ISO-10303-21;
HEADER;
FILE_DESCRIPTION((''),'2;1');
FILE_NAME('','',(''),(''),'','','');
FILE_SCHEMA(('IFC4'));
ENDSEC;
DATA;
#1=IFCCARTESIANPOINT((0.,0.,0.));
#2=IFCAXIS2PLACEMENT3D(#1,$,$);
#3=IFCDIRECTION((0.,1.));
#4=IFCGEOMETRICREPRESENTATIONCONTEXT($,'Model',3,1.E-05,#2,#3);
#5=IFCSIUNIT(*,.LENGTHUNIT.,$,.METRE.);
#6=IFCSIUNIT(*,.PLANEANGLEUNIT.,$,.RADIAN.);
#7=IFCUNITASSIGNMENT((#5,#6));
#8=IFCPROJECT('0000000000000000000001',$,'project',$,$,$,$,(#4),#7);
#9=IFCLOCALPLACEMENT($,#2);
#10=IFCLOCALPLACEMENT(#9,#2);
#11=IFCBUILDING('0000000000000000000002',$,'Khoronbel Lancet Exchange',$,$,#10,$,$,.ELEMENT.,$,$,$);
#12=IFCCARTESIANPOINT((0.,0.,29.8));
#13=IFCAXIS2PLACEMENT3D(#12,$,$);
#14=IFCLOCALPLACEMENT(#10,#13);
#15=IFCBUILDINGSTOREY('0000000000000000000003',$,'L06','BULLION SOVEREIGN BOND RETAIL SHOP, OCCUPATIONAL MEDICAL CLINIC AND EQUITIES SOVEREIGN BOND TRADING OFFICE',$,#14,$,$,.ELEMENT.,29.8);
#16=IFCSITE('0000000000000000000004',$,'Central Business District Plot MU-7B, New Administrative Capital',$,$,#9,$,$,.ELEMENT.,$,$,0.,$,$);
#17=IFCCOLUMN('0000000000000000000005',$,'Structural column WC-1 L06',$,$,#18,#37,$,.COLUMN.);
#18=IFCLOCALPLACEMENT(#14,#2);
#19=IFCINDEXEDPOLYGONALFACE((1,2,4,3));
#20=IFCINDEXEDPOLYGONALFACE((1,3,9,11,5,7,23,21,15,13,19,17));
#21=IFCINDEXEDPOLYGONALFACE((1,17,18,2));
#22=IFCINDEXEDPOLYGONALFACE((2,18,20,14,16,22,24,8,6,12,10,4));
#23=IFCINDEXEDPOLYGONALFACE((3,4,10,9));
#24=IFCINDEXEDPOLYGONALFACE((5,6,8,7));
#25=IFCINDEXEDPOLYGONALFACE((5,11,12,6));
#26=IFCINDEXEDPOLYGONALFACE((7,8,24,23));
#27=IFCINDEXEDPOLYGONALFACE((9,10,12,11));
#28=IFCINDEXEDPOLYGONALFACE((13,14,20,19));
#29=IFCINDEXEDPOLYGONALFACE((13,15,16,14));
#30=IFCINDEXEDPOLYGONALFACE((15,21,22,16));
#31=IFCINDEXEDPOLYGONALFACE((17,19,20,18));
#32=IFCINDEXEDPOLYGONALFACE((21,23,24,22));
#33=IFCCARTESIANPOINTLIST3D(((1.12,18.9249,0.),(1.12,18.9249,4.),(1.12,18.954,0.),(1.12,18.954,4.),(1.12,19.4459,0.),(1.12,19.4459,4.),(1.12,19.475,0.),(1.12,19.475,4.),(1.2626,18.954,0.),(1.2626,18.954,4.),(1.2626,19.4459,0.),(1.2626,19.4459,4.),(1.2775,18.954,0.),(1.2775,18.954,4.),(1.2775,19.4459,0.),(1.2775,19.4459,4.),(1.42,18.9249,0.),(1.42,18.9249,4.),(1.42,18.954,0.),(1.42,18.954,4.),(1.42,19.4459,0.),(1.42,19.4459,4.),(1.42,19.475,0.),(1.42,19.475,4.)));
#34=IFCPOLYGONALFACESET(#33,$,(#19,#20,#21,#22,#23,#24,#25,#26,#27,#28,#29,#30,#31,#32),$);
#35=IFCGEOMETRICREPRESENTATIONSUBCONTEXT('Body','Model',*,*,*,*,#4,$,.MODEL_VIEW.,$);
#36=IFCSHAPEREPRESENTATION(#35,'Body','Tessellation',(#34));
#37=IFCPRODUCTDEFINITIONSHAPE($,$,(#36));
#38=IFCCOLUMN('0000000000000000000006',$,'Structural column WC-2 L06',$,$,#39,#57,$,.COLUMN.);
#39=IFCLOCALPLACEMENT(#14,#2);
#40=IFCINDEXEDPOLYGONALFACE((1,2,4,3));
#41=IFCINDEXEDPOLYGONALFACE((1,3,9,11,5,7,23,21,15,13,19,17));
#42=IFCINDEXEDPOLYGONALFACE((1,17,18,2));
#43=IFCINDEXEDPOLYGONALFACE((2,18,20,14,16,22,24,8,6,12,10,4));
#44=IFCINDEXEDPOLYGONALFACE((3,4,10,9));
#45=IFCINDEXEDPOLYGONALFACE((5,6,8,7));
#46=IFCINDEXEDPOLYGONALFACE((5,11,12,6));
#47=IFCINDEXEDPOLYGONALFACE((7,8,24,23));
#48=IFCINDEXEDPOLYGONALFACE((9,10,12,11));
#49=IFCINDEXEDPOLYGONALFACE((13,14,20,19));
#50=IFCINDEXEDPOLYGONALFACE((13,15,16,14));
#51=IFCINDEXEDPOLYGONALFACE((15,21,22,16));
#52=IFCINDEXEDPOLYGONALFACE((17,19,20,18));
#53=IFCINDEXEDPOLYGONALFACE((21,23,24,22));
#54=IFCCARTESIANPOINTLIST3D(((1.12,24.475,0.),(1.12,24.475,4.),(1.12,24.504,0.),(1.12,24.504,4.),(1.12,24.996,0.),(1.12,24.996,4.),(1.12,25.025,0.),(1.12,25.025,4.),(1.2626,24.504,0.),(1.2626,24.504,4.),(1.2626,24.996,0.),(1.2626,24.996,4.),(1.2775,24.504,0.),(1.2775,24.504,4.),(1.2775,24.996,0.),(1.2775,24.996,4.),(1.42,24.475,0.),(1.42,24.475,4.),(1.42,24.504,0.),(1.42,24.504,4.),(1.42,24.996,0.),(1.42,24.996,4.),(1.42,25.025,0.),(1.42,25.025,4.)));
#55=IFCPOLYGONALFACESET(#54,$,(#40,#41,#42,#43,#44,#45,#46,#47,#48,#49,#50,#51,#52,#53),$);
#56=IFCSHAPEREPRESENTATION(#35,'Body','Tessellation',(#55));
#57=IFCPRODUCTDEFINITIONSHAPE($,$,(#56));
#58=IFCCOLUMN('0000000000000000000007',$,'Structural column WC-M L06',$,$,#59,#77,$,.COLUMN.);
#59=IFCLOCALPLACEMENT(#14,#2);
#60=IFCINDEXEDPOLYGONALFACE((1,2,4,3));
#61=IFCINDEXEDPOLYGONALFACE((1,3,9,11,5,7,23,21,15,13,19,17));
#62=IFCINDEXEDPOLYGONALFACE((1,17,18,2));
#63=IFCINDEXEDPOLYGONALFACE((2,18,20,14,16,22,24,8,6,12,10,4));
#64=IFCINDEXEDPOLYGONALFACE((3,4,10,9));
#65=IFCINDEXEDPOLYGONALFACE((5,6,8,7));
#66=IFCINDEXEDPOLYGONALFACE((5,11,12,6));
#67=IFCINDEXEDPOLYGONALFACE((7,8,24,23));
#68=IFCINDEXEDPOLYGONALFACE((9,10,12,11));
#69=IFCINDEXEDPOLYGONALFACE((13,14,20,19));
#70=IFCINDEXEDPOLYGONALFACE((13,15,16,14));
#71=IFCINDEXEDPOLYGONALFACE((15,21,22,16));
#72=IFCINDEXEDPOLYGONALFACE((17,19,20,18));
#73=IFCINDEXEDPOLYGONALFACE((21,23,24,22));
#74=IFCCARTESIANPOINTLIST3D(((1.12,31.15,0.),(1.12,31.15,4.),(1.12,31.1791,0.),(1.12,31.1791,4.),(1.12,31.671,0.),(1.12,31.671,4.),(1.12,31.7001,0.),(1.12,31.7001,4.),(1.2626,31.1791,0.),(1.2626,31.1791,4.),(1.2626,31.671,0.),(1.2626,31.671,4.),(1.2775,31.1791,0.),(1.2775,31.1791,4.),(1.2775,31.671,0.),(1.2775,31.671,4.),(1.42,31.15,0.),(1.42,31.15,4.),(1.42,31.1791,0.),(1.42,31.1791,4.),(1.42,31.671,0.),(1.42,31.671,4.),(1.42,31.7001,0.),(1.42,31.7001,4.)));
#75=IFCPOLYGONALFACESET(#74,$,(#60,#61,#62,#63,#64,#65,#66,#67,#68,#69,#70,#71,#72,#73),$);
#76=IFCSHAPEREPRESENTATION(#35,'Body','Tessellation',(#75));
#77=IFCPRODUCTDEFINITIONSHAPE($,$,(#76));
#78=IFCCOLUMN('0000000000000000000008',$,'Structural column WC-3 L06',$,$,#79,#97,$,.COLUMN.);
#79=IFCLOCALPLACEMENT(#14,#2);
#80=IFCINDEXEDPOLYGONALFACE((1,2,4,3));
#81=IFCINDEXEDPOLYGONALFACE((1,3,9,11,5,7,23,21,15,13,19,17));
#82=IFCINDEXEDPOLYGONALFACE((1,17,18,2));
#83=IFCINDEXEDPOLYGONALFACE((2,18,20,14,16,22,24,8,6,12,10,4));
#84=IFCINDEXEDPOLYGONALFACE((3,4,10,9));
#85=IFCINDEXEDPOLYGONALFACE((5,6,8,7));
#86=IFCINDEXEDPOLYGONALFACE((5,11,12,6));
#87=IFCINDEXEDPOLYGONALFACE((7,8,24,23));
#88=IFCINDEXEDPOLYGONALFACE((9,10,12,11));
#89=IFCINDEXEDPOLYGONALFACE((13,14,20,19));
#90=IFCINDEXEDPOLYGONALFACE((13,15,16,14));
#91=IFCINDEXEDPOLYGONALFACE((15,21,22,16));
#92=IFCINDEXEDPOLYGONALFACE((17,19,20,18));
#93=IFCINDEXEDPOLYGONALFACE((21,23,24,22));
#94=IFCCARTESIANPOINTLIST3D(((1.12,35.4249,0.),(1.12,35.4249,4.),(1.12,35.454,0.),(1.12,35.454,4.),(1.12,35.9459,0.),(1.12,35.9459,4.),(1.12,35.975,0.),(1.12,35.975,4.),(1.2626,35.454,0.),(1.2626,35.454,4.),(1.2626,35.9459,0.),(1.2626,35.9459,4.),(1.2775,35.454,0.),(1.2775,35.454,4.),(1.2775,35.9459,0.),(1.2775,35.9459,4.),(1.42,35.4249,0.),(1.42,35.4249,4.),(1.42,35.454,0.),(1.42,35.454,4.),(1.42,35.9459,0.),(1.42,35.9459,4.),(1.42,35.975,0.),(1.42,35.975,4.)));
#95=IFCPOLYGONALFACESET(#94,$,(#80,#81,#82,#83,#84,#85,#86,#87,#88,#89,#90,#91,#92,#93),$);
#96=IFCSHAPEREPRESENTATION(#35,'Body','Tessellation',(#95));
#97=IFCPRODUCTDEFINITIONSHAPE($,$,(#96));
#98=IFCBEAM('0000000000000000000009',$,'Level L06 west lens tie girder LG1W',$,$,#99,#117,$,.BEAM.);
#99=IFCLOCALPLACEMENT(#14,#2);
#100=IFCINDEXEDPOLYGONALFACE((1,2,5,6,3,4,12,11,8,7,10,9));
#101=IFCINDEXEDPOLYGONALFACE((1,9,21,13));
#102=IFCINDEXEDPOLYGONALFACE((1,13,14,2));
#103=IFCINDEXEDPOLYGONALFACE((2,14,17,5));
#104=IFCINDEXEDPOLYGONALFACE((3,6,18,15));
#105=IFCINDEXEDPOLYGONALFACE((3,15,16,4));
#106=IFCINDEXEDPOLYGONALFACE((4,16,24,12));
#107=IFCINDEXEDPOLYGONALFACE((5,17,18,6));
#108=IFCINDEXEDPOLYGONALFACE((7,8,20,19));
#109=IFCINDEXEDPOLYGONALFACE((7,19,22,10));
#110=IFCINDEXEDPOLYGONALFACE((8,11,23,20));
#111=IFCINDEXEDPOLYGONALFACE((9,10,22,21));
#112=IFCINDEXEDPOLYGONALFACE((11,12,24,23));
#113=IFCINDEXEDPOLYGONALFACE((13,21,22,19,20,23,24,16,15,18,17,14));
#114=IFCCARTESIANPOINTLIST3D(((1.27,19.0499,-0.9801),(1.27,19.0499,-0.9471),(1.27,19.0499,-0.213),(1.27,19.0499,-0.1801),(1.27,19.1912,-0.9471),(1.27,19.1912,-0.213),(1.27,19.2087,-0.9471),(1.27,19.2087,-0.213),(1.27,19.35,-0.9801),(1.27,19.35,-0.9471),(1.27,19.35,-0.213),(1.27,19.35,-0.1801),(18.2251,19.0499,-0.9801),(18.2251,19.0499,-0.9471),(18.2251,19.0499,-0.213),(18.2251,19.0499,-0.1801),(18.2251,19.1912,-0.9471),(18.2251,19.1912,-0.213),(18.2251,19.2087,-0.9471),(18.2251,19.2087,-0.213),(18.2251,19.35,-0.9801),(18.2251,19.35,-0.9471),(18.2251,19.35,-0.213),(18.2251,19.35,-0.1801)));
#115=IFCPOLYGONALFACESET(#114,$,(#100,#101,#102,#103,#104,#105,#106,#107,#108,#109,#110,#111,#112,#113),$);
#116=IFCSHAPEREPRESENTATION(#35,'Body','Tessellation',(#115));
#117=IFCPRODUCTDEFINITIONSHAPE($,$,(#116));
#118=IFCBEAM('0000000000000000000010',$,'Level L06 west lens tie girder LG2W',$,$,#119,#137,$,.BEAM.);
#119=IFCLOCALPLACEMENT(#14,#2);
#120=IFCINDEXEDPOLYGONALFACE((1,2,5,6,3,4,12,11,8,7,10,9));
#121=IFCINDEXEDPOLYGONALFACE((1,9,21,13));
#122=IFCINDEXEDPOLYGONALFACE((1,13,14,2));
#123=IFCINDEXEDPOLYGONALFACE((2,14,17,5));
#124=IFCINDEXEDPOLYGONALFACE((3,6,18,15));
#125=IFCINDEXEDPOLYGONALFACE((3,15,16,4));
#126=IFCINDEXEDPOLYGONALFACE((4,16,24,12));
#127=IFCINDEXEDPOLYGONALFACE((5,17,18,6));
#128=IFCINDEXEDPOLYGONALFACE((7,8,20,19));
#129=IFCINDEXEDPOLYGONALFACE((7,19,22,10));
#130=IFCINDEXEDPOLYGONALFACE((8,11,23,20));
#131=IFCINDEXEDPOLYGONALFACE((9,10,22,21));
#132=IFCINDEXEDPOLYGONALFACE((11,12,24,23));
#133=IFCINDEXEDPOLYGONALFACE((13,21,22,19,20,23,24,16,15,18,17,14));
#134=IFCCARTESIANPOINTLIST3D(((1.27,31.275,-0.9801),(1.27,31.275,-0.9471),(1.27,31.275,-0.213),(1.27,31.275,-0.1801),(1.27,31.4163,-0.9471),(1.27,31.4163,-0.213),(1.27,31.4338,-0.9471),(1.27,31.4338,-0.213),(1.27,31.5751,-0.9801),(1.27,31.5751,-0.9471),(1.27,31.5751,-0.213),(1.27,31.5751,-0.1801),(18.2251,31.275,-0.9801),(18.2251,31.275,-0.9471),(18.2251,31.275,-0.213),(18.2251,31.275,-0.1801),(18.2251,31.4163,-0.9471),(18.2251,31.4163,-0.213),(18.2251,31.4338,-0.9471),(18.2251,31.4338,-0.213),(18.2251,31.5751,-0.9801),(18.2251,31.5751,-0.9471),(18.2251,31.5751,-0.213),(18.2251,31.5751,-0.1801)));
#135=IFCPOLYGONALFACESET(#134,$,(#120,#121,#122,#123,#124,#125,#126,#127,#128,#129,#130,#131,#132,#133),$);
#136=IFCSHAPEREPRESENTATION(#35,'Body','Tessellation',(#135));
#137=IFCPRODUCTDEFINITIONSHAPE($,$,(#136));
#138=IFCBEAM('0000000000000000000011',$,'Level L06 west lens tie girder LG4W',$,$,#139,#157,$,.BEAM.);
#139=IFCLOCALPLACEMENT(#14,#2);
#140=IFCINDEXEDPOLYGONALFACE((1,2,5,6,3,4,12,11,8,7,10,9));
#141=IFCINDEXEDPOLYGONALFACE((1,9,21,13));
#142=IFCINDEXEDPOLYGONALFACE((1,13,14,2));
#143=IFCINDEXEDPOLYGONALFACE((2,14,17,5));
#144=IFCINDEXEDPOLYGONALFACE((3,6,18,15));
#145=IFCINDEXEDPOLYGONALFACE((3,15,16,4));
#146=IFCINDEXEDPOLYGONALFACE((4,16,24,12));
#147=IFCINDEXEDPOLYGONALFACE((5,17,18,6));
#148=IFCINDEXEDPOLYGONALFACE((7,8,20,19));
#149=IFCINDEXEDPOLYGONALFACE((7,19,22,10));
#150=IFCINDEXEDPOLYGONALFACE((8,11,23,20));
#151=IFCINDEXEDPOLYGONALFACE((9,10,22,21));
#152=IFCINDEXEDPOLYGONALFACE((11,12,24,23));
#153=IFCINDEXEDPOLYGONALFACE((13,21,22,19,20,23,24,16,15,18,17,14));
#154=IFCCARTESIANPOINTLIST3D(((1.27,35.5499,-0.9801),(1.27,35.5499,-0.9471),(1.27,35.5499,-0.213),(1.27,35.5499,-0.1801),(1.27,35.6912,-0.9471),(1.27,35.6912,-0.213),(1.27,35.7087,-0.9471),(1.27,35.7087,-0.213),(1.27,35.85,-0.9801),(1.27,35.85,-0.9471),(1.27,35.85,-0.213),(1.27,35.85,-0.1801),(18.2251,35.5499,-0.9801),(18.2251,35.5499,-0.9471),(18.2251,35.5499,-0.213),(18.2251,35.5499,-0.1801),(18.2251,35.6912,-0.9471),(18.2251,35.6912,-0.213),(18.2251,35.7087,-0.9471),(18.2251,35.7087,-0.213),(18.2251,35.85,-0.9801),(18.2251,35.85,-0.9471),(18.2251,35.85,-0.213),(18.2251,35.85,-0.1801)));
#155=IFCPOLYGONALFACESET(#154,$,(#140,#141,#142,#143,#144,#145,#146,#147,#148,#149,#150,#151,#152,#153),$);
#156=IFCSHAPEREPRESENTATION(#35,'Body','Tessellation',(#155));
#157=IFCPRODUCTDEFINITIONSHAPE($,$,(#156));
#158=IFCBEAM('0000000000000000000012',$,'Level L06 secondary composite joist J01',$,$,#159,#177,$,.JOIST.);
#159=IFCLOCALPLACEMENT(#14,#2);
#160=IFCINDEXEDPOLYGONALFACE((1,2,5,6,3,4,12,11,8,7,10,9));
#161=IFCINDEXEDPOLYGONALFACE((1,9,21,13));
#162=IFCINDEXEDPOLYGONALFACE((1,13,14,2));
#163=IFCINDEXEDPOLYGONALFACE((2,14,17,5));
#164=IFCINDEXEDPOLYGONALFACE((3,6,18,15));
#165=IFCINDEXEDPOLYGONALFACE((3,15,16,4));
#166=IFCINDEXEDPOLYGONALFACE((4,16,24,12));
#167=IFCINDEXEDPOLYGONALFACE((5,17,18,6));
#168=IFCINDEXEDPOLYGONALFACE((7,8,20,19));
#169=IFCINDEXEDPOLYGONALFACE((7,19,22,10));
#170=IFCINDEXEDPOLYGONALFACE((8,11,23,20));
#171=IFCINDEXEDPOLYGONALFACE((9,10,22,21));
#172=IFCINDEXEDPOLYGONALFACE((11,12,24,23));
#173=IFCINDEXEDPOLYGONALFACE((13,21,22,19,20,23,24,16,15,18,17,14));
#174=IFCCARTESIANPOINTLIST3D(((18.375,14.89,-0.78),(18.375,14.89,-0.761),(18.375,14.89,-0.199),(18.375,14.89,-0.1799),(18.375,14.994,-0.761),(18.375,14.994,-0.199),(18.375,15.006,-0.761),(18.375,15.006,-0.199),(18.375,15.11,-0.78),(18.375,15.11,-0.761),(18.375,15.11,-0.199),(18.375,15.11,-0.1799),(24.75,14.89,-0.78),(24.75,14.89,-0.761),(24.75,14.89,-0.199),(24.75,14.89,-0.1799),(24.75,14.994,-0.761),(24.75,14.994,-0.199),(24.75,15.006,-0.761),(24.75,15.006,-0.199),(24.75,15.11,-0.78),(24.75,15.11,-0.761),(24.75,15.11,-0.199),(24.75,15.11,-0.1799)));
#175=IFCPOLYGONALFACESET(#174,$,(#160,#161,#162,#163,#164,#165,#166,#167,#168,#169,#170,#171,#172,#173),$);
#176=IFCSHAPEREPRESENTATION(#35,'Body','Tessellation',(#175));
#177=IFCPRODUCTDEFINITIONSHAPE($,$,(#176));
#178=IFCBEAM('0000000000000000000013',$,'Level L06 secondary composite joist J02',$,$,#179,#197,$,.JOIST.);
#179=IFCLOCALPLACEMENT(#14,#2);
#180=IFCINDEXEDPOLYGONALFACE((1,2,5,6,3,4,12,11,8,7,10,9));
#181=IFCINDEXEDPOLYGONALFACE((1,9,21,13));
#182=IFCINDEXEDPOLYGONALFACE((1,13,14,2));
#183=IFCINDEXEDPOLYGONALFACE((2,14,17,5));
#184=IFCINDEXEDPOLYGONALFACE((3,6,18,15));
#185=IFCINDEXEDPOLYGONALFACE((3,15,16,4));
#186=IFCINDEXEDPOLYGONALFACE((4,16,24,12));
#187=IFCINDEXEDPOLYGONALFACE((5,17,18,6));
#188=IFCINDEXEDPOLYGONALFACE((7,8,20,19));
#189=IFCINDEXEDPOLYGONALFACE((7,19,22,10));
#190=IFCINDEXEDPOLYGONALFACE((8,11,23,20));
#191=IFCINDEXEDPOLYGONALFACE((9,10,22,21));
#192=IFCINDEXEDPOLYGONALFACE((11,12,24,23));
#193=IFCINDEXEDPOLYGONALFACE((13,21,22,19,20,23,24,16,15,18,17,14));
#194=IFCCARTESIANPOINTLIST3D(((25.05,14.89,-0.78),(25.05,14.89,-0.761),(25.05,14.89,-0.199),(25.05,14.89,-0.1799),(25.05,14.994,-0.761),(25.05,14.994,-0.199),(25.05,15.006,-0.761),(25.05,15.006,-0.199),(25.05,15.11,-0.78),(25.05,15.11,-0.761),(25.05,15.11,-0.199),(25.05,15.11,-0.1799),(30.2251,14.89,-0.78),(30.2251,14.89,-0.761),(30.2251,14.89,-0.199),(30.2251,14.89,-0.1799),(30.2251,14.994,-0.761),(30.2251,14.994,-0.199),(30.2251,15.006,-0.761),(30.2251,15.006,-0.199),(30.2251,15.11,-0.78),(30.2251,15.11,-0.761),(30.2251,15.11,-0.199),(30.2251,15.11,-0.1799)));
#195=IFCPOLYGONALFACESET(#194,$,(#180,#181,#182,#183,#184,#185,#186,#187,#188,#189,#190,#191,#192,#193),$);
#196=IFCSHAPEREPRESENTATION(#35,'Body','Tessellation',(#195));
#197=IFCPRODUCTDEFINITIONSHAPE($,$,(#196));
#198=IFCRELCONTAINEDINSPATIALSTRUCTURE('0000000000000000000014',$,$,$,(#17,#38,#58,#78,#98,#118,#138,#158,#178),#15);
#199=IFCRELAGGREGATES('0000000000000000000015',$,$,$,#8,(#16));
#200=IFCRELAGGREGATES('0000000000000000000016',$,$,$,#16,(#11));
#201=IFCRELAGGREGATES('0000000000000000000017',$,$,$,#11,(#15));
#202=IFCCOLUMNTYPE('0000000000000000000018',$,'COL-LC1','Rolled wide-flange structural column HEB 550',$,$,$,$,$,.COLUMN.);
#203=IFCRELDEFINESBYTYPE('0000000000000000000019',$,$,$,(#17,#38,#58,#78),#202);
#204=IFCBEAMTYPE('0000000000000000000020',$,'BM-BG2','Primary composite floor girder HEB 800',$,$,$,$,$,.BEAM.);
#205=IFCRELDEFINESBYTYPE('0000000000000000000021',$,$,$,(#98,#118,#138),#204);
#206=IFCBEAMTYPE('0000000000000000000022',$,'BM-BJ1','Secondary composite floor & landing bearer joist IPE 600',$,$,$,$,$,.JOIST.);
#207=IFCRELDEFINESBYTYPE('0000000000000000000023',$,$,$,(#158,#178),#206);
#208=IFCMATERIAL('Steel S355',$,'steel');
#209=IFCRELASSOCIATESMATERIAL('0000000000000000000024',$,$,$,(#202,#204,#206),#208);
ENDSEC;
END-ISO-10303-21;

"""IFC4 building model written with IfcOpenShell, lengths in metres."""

from ifc_helpers import new_model, si_unit, direction, frame, origin, origin_2d, place, context, subcontext, project, spatial, i_section, extrude, material, material_profile, profile_set, type_object, element, save


model = new_model("IFC4")

# Units and contexts
model_context = context("Model", 3, precision=1e-05, world=origin(), true_north=direction((0.0, 1.0)))
body_context = subcontext(model_context, "Body", "Model", "MODEL_VIEW")
ifc_project = project(units=[si_unit("LENGTHUNIT", "METRE"), si_unit("PLANEANGLEUNIT", "RADIAN")], contexts=[model_context])

# Site, building, storey
site_placement = place(None, origin())
site = spatial("IfcSite", under=ifc_project, at=site_placement, Name="Central Business District Plot MU-7B, New Administrative Capital", CompositionType="ELEMENT", RefElevation=0.0)
building_placement = place(site_placement, origin())
building = spatial("IfcBuilding", under=site, at=building_placement, Name="Khoronbel Lancet Exchange", CompositionType="ELEMENT")
storey_placement = place(building_placement, frame((0.0, 0.0, 29.8)))
storey = spatial("IfcBuildingStorey", under=building, at=storey_placement, Name="L06", Description="BULLION SOVEREIGN BOND RETAIL SHOP, OCCUPATIONAL MEDICAL CLINIC AND EQUITIES SOVEREIGN BOND TRADING OFFICE", CompositionType="ELEMENT", Elevation=29.8)

# Columns
ifc_material_1 = material(Name="Steel S355", Category="steel")
ifc_material_profile_1 = material_profile(ifc_material_1, i_section(OverallWidth=0.3, OverallDepth=0.55, WebThickness=0.0149, FlangeThickness=0.0291, at=origin_2d()), Name="HEB 550")
ifc_profile_set_1 = profile_set([ifc_material_profile_1], Name="Steel S355")
column_type = type_object("IfcColumnType", Name="COL-LC1", Description="Rolled wide-flange structural column HEB 550", PredefinedType="COLUMN", material=ifc_profile_set_1)
for number, where, z_axis, x_axis, name in (
    (1, (1.27, 19.2, 0.0), (0.0, 0.0, 1.0), (1.0, 0.0, 0.0), "Structural column WC-1 L06"),
    (2, (1.27, 24.75, 0.0), (0.0, 0.0, 1.0), (1.0, 0.0, 0.0), "Structural column WC-2 L06"),
    (3, (1.27, 31.425, 0.0), (0.0, 0.0, 1.0), (1.0, 0.0, 0.0), "Structural column WC-M L06"),
    (4, (1.27, 35.7, 0.0), (0.0, 0.0, 1.0), (1.0, 0.0, 0.0), "Structural column WC-3 L06"),
):
    element("IfcColumn", number, at=place(storey_placement, frame(where, z_axis=z_axis, x_axis=x_axis)), inside=storey, type_object=column_type, Name=name, PredefinedType="COLUMN", context=body_context, shape_type="SweptSolid", body=[
        extrude(i_section(OverallWidth=0.3, OverallDepth=0.55, WebThickness=0.0149, FlangeThickness=0.0291, at=origin_2d()), origin(), (0.0, 0.0, 1.0), 4.0),
    ])

# Beams
ifc_material_profile_2 = material_profile(ifc_material_1, i_section(OverallWidth=0.3, OverallDepth=0.8, WebThickness=0.0176, FlangeThickness=0.033, at=origin_2d()), Name="HEB 800")
ifc_profile_set_2 = profile_set([ifc_material_profile_2], Name="Steel S355")
beam_type_1 = type_object("IfcBeamType", Name="BM-BG2", Description="Primary composite floor girder HEB 800", PredefinedType="BEAM", material=ifc_profile_set_2)
for number, where, z_axis, x_axis, name in (
    (5, (1.27, 19.2, -0.5801), (1.0, 0.0, 0.0), (0.0, 1.0, 0.0), "Level L06 west lens tie girder LG1W"),
    (6, (1.27, 31.425, -0.5801), (1.0, 0.0, 0.0), (0.0, 1.0, 0.0), "Level L06 west lens tie girder LG2W"),
    (7, (1.27, 35.7, -0.5801), (1.0, 0.0, 0.0), (0.0, 1.0, 0.0), "Level L06 west lens tie girder LG4W"),
):
    element("IfcBeam", number, at=place(storey_placement, frame(where, z_axis=z_axis, x_axis=x_axis)), inside=storey, type_object=beam_type_1, Name=name, PredefinedType="BEAM", context=body_context, shape_type="SweptSolid", body=[
        extrude(i_section(OverallWidth=0.3, OverallDepth=0.8, WebThickness=0.0176, FlangeThickness=0.033, at=origin_2d()), origin(), (0.0, 0.0, 1.0), 16.9551),
    ])
ifc_material_profile_3 = material_profile(ifc_material_1, i_section(OverallWidth=0.22, OverallDepth=0.6001, WebThickness=0.012, FlangeThickness=0.019, at=origin_2d()), Name="IPE 600")
ifc_profile_set_3 = profile_set([ifc_material_profile_3], Name="Steel S355")
beam_type_2 = type_object("IfcBeamType", Name="BM-BJ1", Description="Secondary composite floor & landing bearer joist IPE 600", PredefinedType="JOIST", material=ifc_profile_set_3)
beam_1_placement = place(storey_placement, frame((18.375, 15.0, -0.48), z_axis=(1.0, 0.0, 0.0), x_axis=(0.0, 1.0, 0.0)))
element("IfcBeam", 8, at=beam_1_placement, inside=storey, type_object=beam_type_2, Name="Level L06 secondary composite joist J01", PredefinedType="JOIST", context=body_context, shape_type="SweptSolid", body=[
    extrude(i_section(OverallWidth=0.22, OverallDepth=0.6001, WebThickness=0.012, FlangeThickness=0.019, at=origin_2d()), origin(), (0.0, 0.0, 1.0), 6.375),
])
beam_2_placement = place(storey_placement, frame((25.05, 15.0, -0.48), z_axis=(1.0, 0.0, 0.0), x_axis=(0.0, 1.0, 0.0)))
element("IfcBeam", 9, at=beam_2_placement, inside=storey, type_object=beam_type_2, Name="Level L06 secondary composite joist J02", PredefinedType="JOIST", context=body_context, shape_type="SweptSolid", body=[
    extrude(i_section(OverallWidth=0.22, OverallDepth=0.6001, WebThickness=0.012, FlangeThickness=0.019, at=origin_2d()), origin(), (0.0, 0.0, 1.0), 5.175),
])

save(model, "model.ifc")
